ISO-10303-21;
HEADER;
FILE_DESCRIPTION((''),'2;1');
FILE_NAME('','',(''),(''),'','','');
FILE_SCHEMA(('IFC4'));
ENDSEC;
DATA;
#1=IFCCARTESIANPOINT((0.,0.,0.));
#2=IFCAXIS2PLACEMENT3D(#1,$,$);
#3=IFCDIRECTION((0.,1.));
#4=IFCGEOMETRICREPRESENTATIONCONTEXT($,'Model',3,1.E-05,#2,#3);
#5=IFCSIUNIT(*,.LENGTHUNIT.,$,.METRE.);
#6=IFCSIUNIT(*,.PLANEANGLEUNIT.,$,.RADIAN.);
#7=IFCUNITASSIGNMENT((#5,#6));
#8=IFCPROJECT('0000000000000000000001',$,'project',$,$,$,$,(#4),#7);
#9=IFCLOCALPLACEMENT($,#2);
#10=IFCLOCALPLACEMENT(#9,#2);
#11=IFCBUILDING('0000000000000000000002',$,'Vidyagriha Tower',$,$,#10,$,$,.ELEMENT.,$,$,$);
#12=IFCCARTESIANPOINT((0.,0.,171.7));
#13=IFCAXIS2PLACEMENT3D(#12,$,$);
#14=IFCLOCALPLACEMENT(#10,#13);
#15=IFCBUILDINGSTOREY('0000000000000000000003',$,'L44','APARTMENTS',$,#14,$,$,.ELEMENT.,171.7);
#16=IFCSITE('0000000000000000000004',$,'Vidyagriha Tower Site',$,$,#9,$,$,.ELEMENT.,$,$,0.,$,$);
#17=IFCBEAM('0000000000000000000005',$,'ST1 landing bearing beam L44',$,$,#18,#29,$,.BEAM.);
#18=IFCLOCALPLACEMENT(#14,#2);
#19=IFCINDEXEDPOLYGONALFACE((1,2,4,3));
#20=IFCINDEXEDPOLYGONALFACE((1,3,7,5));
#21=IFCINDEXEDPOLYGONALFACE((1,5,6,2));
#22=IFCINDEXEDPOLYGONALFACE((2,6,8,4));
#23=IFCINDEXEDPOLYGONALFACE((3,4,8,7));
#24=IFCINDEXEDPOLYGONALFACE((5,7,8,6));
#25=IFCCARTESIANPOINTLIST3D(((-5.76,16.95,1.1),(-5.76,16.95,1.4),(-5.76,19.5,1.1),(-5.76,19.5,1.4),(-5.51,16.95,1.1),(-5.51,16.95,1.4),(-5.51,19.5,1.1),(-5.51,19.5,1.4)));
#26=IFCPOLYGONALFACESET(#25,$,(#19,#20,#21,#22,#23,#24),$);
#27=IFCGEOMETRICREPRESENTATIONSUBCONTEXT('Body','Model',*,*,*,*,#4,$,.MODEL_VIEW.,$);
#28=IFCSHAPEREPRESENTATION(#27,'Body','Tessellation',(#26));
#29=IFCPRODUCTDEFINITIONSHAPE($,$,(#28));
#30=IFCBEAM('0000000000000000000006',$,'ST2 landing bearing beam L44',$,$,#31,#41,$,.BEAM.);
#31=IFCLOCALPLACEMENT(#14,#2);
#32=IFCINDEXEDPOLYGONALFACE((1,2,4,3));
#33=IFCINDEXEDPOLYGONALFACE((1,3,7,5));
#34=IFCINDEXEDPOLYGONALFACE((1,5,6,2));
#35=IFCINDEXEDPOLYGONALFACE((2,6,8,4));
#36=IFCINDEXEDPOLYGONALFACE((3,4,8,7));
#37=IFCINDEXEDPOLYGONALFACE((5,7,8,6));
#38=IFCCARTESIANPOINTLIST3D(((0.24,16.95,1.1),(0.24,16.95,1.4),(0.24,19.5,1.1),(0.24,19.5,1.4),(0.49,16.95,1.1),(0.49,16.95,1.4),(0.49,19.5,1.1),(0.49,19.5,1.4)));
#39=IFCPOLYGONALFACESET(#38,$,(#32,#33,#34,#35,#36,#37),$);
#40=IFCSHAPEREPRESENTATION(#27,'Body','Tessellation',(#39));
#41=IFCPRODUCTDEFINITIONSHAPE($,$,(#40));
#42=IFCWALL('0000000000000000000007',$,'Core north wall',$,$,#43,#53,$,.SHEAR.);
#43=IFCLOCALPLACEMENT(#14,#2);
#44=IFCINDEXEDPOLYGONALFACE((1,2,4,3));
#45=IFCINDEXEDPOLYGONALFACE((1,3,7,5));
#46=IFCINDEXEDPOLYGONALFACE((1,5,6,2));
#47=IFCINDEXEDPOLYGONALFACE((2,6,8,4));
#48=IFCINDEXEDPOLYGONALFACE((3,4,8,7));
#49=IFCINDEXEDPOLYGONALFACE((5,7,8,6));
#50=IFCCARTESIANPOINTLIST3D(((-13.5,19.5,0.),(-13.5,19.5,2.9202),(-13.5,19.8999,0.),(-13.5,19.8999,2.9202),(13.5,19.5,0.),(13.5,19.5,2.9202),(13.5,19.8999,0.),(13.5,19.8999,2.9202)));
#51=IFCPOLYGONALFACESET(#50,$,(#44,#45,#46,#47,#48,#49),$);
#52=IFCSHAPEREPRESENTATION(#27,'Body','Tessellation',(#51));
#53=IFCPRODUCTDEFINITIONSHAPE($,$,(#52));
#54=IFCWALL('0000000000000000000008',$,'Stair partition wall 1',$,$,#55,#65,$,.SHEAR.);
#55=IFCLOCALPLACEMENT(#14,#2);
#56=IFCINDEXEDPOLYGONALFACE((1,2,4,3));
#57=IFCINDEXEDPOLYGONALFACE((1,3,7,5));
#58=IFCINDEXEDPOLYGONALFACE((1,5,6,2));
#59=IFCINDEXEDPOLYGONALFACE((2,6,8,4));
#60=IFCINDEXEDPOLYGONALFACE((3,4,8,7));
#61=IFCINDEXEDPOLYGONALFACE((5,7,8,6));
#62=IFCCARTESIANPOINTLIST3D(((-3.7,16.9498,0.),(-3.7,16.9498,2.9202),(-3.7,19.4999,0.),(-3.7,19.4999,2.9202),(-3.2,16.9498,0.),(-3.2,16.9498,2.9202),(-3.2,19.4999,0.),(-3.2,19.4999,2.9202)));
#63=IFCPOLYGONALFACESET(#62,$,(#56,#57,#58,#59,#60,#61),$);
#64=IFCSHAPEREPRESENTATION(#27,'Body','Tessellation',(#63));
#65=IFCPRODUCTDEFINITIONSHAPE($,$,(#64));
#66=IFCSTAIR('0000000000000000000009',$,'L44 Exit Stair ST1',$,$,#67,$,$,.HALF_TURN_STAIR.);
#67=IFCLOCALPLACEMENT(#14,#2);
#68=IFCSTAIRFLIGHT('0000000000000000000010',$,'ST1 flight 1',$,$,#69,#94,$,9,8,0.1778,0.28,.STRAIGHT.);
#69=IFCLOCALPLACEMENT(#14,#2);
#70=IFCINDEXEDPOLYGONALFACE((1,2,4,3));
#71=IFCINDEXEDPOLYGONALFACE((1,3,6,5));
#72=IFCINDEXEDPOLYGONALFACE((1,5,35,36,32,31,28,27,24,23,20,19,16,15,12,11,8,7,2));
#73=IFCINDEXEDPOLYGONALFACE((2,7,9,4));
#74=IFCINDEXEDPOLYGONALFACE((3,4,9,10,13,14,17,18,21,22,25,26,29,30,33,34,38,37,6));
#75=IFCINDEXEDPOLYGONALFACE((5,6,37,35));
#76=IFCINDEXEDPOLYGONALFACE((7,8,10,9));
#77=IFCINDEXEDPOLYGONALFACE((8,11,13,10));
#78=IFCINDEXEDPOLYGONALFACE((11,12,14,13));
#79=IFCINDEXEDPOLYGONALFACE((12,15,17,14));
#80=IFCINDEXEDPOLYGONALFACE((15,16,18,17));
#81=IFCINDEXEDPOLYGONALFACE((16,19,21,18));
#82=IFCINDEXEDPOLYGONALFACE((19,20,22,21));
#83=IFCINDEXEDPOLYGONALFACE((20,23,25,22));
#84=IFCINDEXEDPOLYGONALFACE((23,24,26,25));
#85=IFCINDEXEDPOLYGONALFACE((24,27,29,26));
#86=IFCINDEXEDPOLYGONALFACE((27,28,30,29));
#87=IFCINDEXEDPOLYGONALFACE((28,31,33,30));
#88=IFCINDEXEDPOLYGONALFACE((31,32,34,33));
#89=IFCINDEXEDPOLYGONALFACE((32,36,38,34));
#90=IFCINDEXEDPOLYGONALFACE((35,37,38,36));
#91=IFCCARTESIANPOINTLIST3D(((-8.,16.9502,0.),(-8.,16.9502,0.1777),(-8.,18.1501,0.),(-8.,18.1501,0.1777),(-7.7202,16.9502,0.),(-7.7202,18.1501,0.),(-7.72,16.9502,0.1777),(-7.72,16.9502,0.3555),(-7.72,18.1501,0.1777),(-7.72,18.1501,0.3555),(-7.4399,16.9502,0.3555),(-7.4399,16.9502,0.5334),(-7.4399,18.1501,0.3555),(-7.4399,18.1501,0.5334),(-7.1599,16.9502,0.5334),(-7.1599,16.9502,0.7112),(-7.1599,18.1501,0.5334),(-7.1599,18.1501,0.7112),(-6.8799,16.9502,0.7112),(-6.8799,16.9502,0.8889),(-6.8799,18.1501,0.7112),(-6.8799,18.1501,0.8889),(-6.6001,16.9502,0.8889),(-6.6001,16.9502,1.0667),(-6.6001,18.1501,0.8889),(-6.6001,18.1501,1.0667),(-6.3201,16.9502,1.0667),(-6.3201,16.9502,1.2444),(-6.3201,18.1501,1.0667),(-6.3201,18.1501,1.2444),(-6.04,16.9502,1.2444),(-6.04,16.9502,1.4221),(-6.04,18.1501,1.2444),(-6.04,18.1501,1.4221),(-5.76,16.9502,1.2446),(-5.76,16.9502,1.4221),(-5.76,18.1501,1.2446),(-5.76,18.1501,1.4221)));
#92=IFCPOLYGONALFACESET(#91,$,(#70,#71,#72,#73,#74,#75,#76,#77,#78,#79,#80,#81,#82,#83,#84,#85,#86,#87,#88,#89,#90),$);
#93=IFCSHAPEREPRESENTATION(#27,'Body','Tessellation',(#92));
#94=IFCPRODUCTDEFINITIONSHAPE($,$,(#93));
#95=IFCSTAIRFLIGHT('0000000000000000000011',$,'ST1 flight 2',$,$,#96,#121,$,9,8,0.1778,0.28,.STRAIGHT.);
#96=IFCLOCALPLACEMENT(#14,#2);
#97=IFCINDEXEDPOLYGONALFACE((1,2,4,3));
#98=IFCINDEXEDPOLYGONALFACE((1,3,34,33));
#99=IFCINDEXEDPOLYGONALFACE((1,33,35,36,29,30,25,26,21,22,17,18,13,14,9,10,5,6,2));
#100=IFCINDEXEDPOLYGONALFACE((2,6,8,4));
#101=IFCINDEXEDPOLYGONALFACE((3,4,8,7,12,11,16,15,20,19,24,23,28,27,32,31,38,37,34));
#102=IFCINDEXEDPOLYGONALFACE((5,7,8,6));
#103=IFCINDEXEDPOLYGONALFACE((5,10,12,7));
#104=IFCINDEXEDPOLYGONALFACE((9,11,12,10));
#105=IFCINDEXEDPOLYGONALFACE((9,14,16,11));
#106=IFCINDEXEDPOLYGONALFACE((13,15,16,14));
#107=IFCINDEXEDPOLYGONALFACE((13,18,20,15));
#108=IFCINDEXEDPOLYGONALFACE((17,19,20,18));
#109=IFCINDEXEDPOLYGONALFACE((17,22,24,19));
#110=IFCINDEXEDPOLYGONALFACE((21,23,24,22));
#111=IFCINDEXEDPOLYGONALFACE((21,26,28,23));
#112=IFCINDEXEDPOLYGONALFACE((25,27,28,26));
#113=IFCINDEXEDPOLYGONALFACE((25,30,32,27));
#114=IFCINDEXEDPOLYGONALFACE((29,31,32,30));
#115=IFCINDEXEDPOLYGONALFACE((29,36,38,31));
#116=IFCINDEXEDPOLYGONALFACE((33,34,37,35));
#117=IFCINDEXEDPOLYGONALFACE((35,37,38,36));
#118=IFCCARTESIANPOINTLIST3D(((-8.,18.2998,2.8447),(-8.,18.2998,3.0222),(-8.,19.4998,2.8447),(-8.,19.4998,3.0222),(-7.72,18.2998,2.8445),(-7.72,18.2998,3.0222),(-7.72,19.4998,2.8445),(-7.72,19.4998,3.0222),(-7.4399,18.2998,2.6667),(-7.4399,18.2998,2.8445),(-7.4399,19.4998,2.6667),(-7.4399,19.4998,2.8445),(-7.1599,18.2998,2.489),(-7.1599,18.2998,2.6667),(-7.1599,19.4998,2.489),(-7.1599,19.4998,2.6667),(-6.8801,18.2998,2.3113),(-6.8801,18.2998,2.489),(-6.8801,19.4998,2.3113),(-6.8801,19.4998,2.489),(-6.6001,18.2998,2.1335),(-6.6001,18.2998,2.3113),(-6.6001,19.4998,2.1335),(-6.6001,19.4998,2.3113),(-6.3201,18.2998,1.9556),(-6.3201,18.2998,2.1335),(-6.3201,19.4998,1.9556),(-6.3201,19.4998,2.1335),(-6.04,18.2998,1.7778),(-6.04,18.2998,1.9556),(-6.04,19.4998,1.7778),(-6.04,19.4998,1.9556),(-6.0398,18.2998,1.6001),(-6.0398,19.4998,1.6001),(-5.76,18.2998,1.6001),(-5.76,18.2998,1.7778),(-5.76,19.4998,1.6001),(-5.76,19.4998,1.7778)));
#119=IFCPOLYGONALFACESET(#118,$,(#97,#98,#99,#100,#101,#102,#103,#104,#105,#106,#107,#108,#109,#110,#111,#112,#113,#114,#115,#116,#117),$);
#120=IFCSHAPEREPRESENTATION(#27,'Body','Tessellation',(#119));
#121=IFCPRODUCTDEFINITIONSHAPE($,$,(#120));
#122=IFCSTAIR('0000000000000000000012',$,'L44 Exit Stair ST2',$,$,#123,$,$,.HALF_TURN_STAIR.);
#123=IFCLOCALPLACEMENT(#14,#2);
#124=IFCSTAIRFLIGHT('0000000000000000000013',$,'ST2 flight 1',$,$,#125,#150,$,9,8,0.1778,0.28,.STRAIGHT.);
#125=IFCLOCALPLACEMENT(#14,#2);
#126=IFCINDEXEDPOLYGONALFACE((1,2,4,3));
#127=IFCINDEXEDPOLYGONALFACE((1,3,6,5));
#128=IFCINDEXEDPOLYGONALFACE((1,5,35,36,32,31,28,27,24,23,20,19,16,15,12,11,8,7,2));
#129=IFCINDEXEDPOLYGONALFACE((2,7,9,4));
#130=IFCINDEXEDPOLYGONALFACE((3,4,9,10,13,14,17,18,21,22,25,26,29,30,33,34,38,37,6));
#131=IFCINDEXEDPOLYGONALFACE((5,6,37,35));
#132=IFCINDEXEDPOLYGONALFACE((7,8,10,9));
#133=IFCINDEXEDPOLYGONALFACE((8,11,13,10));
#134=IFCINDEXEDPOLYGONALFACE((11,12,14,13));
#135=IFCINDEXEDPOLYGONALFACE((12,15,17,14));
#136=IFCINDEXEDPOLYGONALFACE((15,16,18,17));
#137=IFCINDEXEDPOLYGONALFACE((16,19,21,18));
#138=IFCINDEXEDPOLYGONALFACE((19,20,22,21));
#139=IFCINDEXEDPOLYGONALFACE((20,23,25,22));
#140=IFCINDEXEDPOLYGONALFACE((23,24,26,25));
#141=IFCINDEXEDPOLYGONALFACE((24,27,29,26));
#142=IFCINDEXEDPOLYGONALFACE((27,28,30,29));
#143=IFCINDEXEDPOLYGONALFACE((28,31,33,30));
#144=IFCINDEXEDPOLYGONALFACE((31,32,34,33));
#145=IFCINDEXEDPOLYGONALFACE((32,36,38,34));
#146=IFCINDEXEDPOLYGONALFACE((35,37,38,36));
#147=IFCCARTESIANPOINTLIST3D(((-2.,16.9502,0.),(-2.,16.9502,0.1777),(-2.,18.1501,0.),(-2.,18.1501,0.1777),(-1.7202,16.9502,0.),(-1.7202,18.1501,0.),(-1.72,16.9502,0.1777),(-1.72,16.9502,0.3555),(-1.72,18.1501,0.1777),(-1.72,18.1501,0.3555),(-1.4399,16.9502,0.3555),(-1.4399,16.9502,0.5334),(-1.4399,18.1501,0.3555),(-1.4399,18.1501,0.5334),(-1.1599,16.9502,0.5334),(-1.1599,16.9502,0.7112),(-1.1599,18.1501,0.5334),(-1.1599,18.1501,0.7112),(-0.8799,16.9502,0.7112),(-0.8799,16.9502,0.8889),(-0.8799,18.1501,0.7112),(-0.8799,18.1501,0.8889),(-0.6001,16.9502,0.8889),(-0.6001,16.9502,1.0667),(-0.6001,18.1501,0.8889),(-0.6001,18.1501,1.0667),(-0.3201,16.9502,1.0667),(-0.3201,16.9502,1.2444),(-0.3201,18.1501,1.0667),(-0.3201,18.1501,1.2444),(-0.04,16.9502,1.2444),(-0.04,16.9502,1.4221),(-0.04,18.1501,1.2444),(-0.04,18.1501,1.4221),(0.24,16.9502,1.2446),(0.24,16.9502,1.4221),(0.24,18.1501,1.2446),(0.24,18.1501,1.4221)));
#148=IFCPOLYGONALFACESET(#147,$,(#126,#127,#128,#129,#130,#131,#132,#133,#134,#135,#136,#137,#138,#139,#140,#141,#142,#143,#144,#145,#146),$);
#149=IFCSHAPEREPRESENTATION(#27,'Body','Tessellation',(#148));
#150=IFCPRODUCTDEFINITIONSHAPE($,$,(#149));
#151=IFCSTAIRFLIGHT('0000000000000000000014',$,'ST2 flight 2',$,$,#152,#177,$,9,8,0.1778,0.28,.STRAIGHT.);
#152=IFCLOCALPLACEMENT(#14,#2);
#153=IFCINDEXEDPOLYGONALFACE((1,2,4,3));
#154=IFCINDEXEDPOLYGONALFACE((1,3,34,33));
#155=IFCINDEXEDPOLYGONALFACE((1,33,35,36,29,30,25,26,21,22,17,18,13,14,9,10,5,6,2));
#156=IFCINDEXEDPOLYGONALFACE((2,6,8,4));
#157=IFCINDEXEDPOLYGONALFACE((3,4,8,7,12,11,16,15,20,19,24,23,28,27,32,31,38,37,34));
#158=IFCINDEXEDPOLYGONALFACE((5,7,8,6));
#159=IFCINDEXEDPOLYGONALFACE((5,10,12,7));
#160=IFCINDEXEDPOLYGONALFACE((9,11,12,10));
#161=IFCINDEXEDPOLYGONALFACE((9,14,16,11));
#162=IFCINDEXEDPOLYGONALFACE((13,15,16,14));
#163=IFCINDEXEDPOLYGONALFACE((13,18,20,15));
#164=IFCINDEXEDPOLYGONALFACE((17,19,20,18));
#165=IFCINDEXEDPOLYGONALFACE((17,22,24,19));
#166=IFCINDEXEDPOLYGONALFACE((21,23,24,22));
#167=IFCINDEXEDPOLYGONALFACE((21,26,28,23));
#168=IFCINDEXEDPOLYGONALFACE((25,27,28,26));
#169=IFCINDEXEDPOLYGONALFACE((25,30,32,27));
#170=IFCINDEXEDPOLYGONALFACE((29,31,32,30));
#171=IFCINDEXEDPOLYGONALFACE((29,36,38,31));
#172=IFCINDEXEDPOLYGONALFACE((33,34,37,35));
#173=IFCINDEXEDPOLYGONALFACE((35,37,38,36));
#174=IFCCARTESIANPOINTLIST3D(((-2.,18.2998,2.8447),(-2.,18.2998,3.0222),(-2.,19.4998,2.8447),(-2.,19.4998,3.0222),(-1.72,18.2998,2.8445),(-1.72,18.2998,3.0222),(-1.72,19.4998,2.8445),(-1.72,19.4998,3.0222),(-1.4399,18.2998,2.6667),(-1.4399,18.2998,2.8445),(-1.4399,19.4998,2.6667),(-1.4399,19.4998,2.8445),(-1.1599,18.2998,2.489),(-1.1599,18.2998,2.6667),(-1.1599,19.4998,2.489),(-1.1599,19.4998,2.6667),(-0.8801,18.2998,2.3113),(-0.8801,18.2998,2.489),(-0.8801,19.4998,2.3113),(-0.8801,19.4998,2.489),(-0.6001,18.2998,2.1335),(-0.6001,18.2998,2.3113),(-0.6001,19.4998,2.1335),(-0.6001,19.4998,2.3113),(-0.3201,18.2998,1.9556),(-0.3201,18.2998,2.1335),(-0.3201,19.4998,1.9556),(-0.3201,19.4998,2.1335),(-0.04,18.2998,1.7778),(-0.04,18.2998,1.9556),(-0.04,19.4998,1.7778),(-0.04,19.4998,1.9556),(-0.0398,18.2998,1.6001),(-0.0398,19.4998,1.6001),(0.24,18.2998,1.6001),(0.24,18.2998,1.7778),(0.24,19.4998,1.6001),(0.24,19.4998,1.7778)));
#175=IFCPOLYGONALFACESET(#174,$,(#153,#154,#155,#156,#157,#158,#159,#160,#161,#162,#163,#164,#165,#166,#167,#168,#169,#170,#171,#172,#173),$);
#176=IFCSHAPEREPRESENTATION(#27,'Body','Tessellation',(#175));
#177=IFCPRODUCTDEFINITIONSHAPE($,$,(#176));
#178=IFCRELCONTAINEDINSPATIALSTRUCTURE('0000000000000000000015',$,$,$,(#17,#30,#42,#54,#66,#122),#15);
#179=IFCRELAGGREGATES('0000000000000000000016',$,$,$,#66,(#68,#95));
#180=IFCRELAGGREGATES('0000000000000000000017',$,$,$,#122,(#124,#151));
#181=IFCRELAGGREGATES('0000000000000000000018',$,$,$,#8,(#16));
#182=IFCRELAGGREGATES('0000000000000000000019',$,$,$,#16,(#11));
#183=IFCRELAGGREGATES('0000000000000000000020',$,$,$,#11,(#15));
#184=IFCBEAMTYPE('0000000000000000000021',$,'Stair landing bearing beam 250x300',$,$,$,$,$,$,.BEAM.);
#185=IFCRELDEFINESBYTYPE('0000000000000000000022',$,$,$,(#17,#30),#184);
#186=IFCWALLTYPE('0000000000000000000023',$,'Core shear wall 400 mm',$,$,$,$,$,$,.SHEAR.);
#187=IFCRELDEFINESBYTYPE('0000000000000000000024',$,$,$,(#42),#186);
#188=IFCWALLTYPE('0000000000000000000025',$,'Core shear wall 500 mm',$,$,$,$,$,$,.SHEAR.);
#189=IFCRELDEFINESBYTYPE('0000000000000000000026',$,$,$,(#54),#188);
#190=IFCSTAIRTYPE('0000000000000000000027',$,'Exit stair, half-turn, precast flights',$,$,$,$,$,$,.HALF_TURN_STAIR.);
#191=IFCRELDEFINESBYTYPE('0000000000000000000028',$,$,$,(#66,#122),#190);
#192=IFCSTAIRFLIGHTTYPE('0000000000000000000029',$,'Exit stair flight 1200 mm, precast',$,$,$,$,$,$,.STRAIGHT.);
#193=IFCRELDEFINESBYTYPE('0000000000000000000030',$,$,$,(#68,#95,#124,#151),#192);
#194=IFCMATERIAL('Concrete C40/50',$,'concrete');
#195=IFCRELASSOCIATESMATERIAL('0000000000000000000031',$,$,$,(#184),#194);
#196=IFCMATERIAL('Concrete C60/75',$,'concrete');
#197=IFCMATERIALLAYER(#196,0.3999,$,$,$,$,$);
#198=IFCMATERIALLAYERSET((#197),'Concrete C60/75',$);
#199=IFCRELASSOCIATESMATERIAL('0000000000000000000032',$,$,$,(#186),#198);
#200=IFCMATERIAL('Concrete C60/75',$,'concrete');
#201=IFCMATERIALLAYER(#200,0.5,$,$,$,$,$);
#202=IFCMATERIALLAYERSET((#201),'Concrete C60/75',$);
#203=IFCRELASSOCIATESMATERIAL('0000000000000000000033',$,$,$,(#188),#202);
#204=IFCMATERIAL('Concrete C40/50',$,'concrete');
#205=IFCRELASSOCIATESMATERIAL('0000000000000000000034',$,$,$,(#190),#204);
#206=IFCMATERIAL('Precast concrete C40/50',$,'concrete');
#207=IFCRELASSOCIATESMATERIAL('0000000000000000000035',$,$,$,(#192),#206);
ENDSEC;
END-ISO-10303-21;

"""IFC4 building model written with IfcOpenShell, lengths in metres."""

from ifc_helpers import new_model, si_unit, direction, frame, frame_2d, origin, origin_2d, place, context, subcontext, project, spatial, polyline, rectangle, outline, extrude, material, layer, layer_set, material_profile, profile_set, type_object, element, aggregate, save


model = new_model("IFC4")

# Units and contexts
model_context = context("Model", 3, precision=1e-05, world=origin(), true_north=direction((0.0, 1.0)))
body_context = subcontext(model_context, "Body", "Model", "MODEL_VIEW")
ifc_project = project(units=[si_unit("LENGTHUNIT", "METRE"), si_unit("PLANEANGLEUNIT", "RADIAN")], contexts=[model_context])

# Site, building, storey
site_placement = place(None, origin())
site = spatial("IfcSite", under=ifc_project, at=site_placement, Name="Vidyagriha Tower Site", CompositionType="ELEMENT", RefElevation=0.0)
building_placement = place(site_placement, origin())
building = spatial("IfcBuilding", under=site, at=building_placement, Name="Vidyagriha Tower", CompositionType="ELEMENT")
storey_placement = place(building_placement, frame((0.0, 0.0, 171.7)))
storey = spatial("IfcBuildingStorey", under=building, at=storey_placement, Name="L44", Description="APARTMENTS", CompositionType="ELEMENT", Elevation=171.7)

# Beams
ifc_material_1 = material(Name="Concrete C40/50", Category="concrete")
ifc_material_profile = material_profile(ifc_material_1, rectangle(XDim=0.25, YDim=0.3, at=origin_2d()), Name="Stair landing bearing beam 250x300")
ifc_profile_set = profile_set([ifc_material_profile], Name="Concrete C40/50")
beam_type = type_object("IfcBeamType", Name="Stair landing bearing beam 250x300", PredefinedType="BEAM", material=ifc_profile_set)
for number, where, z_axis, x_axis, name in (
    (1, (-5.635, 16.95, 1.25), (0.0, 1.0, 0.0), (-1.0, 0.0, 0.0), "ST1 landing bearing beam L44"),
    (2, (0.365, 16.95, 1.25), (0.0, 1.0, 0.0), (-1.0, 0.0, 0.0), "ST2 landing bearing beam L44"),
):
    element("IfcBeam", number, at=place(storey_placement, frame(where, z_axis=z_axis, x_axis=x_axis)), inside=storey, type_object=beam_type, Name=name, PredefinedType="BEAM", context=body_context, shape_type="SweptSolid", body=[
        extrude(rectangle(XDim=0.25, YDim=0.3, at=origin_2d()), origin(), (0.0, 0.0, 1.0), 2.55),
    ])

# Walls
ifc_material_2 = material(Name="Concrete C60/75", Category="concrete")
ifc_layer_1 = layer(ifc_material_2, 0.3999)
ifc_layer_set_1 = layer_set([ifc_layer_1], Name="Concrete C60/75")
wall_type_1 = type_object("IfcWallType", Name="Core shear wall 400 mm", PredefinedType="SHEAR", material=ifc_layer_set_1)
wall_1_placement = place(storey_placement, frame((-13.5, 19.7, 0.0)))
element("IfcWall", 3, at=wall_1_placement, inside=storey, type_object=wall_type_1, Name="Core north wall", PredefinedType="SHEAR", context=body_context, shape_type="SweptSolid", body=[
    extrude(rectangle(XDim=27.0, YDim=0.3999, at=frame_2d((13.5, 0.0))), origin(), (0.0, 0.0, 1.0), 2.9202),
])
ifc_material_3 = material(Name="Concrete C60/75", Category="concrete")
ifc_layer_2 = layer(ifc_material_3, 0.5)
ifc_layer_set_2 = layer_set([ifc_layer_2], Name="Concrete C60/75")
wall_type_2 = type_object("IfcWallType", Name="Core shear wall 500 mm", PredefinedType="SHEAR", material=ifc_layer_set_2)
wall_2_placement = place(storey_placement, frame((-3.45, 16.95, 0.0), z_axis=(0.0, 0.0, 1.0), x_axis=(0.0, 1.0, 0.0)))
element("IfcWall", 4, at=wall_2_placement, inside=storey, type_object=wall_type_2, Name="Stair partition wall 1", PredefinedType="SHEAR", context=body_context, shape_type="SweptSolid", body=[
    extrude(rectangle(XDim=2.55, YDim=0.5, at=frame_2d((1.2749, 0.0))), origin(), (0.0, 0.0, 1.0), 2.9202),
])

# Stairs, stair flights
ifc_material_4 = material(Name="Concrete C40/50", Category="concrete")
stair_type = type_object("IfcStairType", Name="Exit stair, half-turn, precast flights", PredefinedType="HALF_TURN_STAIR", material=ifc_material_4)
stair_1_placement = place(storey_placement, origin())
stair_1 = element("IfcStair", 5, at=stair_1_placement, inside=storey, type_object=stair_type, Name="L44 Exit Stair ST1", PredefinedType="HALF_TURN_STAIR")
ifc_material_5 = material(Name="Precast concrete C40/50", Category="concrete")
stair_flight_type = type_object("IfcStairFlightType", Name="Exit stair flight 1200 mm, precast", PredefinedType="STRAIGHT", material=ifc_material_5)
stair_flight_1_placement = place(storey_placement, frame((-8.0, 17.55, 0.0)))
stair_flight_1 = element("IfcStairFlight", 6, at=stair_flight_1_placement, type_object=stair_flight_type, Name="ST1 flight 1", NumberOfRisers=9, NumberOfTreads=8, PredefinedType="STRAIGHT", RiserHeight=0.1778, TreadLength=0.28, context=body_context, shape_type="SweptSolid", body=[
    extrude(outline(polyline([(0.0, 0.0), (0.0, 0.1777), (0.28, 0.1777), (0.28, 0.3555), (0.5601, 0.3555), (0.5601, 0.5334), (0.8401, 0.5334), (0.8401, 0.7112), (1.1201, 0.7112), (1.1201, 0.8889), (1.3999, 0.8889), (1.3999, 1.0667), (1.6799, 1.0667), (1.6799, 1.2444), (1.96, 1.2444), (1.96, 1.4221), (2.24, 1.4221), (2.24, 1.6001), (2.24, 1.2446), (0.2798, 0.0), (0.0, 0.0)])), frame((0.0, 0.6001, 0.0), z_axis=(0.0, -1.0, 0.0), x_axis=(1.0, 0.0, 0.0)), (0.0, 0.0, 1.0), 1.2),
])
stair_flight_2_placement = place(storey_placement, frame((-5.76, 18.8999, 1.6001), z_axis=(0.0, 0.0, 1.0), x_axis=(-1.0, 0.0, 0.0)))
stair_flight_2 = element("IfcStairFlight", 7, at=stair_flight_2_placement, type_object=stair_flight_type, Name="ST1 flight 2", NumberOfRisers=9, NumberOfTreads=8, PredefinedType="STRAIGHT", RiserHeight=0.1778, TreadLength=0.28, context=body_context, shape_type="SweptSolid", body=[
    extrude(outline(polyline([(0.0, 0.0), (0.0, 0.1777), (0.28, 0.1777), (0.28, 0.3555), (0.5601, 0.3555), (0.5601, 0.5334), (0.8401, 0.5334), (0.8401, 0.7112), (1.1201, 0.7112), (1.1201, 0.8889), (1.3999, 0.8889), (1.3999, 1.0667), (1.6799, 1.0667), (1.6799, 1.2444), (1.96, 1.2444), (1.96, 1.4221), (2.24, 1.4221), (2.24, 1.6001), (2.24, 1.2446), (0.2798, 0.0), (0.0, 0.0)])), frame((0.0, 0.6001, 0.0), z_axis=(0.0, -1.0, 0.0), x_axis=(1.0, 0.0, 0.0)), (0.0, 0.0, 1.0), 1.2),
])
aggregate(stair_1, [stair_flight_1, stair_flight_2])
stair_2_placement = place(storey_placement, origin())
stair_2 = element("IfcStair", 8, at=stair_2_placement, inside=storey, type_object=stair_type, Name="L44 Exit Stair ST2", PredefinedType="HALF_TURN_STAIR")
stair_flight_3_placement = place(storey_placement, frame((-2.0, 17.55, 0.0)))
stair_flight_3 = element("IfcStairFlight", 9, at=stair_flight_3_placement, type_object=stair_flight_type, Name="ST2 flight 1", NumberOfRisers=9, NumberOfTreads=8, PredefinedType="STRAIGHT", RiserHeight=0.1778, TreadLength=0.28, context=body_context, shape_type="SweptSolid", body=[
    extrude(outline(polyline([(0.0, 0.0), (0.0, 0.1777), (0.28, 0.1777), (0.28, 0.3555), (0.5601, 0.3555), (0.5601, 0.5334), (0.8401, 0.5334), (0.8401, 0.7112), (1.1201, 0.7112), (1.1201, 0.8889), (1.3999, 0.8889), (1.3999, 1.0667), (1.6799, 1.0667), (1.6799, 1.2444), (1.96, 1.2444), (1.96, 1.4221), (2.24, 1.4221), (2.24, 1.6001), (2.24, 1.2446), (0.2798, 0.0), (0.0, 0.0)])), frame((0.0, 0.6001, 0.0), z_axis=(0.0, -1.0, 0.0), x_axis=(1.0, 0.0, 0.0)), (0.0, 0.0, 1.0), 1.2),
])
stair_flight_4_placement = place(storey_placement, frame((0.24, 18.8999, 1.6001), z_axis=(0.0, 0.0, 1.0), x_axis=(-1.0, 0.0, 0.0)))
stair_flight_4 = element("IfcStairFlight", 10, at=stair_flight_4_placement, type_object=stair_flight_type, Name="ST2 flight 2", NumberOfRisers=9, NumberOfTreads=8, PredefinedType="STRAIGHT", RiserHeight=0.1778, TreadLength=0.28, context=body_context, shape_type="SweptSolid", body=[
    extrude(outline(polyline([(0.0, 0.0), (0.0, 0.1777), (0.28, 0.1777), (0.28, 0.3555), (0.5601, 0.3555), (0.5601, 0.5334), (0.8401, 0.5334), (0.8401, 0.7112), (1.1201, 0.7112), (1.1201, 0.8889), (1.3999, 0.8889), (1.3999, 1.0667), (1.6799, 1.0667), (1.6799, 1.2444), (1.96, 1.2444), (1.96, 1.4221), (2.24, 1.4221), (2.24, 1.6001), (2.24, 1.2446), (0.2798, 0.0), (0.0, 0.0)])), frame((0.0, 0.6001, 0.0), z_axis=(0.0, -1.0, 0.0), x_axis=(1.0, 0.0, 0.0)), (0.0, 0.0, 1.0), 1.2),
])
aggregate(stair_2, [stair_flight_3, stair_flight_4])

save(model, "model.ifc")
